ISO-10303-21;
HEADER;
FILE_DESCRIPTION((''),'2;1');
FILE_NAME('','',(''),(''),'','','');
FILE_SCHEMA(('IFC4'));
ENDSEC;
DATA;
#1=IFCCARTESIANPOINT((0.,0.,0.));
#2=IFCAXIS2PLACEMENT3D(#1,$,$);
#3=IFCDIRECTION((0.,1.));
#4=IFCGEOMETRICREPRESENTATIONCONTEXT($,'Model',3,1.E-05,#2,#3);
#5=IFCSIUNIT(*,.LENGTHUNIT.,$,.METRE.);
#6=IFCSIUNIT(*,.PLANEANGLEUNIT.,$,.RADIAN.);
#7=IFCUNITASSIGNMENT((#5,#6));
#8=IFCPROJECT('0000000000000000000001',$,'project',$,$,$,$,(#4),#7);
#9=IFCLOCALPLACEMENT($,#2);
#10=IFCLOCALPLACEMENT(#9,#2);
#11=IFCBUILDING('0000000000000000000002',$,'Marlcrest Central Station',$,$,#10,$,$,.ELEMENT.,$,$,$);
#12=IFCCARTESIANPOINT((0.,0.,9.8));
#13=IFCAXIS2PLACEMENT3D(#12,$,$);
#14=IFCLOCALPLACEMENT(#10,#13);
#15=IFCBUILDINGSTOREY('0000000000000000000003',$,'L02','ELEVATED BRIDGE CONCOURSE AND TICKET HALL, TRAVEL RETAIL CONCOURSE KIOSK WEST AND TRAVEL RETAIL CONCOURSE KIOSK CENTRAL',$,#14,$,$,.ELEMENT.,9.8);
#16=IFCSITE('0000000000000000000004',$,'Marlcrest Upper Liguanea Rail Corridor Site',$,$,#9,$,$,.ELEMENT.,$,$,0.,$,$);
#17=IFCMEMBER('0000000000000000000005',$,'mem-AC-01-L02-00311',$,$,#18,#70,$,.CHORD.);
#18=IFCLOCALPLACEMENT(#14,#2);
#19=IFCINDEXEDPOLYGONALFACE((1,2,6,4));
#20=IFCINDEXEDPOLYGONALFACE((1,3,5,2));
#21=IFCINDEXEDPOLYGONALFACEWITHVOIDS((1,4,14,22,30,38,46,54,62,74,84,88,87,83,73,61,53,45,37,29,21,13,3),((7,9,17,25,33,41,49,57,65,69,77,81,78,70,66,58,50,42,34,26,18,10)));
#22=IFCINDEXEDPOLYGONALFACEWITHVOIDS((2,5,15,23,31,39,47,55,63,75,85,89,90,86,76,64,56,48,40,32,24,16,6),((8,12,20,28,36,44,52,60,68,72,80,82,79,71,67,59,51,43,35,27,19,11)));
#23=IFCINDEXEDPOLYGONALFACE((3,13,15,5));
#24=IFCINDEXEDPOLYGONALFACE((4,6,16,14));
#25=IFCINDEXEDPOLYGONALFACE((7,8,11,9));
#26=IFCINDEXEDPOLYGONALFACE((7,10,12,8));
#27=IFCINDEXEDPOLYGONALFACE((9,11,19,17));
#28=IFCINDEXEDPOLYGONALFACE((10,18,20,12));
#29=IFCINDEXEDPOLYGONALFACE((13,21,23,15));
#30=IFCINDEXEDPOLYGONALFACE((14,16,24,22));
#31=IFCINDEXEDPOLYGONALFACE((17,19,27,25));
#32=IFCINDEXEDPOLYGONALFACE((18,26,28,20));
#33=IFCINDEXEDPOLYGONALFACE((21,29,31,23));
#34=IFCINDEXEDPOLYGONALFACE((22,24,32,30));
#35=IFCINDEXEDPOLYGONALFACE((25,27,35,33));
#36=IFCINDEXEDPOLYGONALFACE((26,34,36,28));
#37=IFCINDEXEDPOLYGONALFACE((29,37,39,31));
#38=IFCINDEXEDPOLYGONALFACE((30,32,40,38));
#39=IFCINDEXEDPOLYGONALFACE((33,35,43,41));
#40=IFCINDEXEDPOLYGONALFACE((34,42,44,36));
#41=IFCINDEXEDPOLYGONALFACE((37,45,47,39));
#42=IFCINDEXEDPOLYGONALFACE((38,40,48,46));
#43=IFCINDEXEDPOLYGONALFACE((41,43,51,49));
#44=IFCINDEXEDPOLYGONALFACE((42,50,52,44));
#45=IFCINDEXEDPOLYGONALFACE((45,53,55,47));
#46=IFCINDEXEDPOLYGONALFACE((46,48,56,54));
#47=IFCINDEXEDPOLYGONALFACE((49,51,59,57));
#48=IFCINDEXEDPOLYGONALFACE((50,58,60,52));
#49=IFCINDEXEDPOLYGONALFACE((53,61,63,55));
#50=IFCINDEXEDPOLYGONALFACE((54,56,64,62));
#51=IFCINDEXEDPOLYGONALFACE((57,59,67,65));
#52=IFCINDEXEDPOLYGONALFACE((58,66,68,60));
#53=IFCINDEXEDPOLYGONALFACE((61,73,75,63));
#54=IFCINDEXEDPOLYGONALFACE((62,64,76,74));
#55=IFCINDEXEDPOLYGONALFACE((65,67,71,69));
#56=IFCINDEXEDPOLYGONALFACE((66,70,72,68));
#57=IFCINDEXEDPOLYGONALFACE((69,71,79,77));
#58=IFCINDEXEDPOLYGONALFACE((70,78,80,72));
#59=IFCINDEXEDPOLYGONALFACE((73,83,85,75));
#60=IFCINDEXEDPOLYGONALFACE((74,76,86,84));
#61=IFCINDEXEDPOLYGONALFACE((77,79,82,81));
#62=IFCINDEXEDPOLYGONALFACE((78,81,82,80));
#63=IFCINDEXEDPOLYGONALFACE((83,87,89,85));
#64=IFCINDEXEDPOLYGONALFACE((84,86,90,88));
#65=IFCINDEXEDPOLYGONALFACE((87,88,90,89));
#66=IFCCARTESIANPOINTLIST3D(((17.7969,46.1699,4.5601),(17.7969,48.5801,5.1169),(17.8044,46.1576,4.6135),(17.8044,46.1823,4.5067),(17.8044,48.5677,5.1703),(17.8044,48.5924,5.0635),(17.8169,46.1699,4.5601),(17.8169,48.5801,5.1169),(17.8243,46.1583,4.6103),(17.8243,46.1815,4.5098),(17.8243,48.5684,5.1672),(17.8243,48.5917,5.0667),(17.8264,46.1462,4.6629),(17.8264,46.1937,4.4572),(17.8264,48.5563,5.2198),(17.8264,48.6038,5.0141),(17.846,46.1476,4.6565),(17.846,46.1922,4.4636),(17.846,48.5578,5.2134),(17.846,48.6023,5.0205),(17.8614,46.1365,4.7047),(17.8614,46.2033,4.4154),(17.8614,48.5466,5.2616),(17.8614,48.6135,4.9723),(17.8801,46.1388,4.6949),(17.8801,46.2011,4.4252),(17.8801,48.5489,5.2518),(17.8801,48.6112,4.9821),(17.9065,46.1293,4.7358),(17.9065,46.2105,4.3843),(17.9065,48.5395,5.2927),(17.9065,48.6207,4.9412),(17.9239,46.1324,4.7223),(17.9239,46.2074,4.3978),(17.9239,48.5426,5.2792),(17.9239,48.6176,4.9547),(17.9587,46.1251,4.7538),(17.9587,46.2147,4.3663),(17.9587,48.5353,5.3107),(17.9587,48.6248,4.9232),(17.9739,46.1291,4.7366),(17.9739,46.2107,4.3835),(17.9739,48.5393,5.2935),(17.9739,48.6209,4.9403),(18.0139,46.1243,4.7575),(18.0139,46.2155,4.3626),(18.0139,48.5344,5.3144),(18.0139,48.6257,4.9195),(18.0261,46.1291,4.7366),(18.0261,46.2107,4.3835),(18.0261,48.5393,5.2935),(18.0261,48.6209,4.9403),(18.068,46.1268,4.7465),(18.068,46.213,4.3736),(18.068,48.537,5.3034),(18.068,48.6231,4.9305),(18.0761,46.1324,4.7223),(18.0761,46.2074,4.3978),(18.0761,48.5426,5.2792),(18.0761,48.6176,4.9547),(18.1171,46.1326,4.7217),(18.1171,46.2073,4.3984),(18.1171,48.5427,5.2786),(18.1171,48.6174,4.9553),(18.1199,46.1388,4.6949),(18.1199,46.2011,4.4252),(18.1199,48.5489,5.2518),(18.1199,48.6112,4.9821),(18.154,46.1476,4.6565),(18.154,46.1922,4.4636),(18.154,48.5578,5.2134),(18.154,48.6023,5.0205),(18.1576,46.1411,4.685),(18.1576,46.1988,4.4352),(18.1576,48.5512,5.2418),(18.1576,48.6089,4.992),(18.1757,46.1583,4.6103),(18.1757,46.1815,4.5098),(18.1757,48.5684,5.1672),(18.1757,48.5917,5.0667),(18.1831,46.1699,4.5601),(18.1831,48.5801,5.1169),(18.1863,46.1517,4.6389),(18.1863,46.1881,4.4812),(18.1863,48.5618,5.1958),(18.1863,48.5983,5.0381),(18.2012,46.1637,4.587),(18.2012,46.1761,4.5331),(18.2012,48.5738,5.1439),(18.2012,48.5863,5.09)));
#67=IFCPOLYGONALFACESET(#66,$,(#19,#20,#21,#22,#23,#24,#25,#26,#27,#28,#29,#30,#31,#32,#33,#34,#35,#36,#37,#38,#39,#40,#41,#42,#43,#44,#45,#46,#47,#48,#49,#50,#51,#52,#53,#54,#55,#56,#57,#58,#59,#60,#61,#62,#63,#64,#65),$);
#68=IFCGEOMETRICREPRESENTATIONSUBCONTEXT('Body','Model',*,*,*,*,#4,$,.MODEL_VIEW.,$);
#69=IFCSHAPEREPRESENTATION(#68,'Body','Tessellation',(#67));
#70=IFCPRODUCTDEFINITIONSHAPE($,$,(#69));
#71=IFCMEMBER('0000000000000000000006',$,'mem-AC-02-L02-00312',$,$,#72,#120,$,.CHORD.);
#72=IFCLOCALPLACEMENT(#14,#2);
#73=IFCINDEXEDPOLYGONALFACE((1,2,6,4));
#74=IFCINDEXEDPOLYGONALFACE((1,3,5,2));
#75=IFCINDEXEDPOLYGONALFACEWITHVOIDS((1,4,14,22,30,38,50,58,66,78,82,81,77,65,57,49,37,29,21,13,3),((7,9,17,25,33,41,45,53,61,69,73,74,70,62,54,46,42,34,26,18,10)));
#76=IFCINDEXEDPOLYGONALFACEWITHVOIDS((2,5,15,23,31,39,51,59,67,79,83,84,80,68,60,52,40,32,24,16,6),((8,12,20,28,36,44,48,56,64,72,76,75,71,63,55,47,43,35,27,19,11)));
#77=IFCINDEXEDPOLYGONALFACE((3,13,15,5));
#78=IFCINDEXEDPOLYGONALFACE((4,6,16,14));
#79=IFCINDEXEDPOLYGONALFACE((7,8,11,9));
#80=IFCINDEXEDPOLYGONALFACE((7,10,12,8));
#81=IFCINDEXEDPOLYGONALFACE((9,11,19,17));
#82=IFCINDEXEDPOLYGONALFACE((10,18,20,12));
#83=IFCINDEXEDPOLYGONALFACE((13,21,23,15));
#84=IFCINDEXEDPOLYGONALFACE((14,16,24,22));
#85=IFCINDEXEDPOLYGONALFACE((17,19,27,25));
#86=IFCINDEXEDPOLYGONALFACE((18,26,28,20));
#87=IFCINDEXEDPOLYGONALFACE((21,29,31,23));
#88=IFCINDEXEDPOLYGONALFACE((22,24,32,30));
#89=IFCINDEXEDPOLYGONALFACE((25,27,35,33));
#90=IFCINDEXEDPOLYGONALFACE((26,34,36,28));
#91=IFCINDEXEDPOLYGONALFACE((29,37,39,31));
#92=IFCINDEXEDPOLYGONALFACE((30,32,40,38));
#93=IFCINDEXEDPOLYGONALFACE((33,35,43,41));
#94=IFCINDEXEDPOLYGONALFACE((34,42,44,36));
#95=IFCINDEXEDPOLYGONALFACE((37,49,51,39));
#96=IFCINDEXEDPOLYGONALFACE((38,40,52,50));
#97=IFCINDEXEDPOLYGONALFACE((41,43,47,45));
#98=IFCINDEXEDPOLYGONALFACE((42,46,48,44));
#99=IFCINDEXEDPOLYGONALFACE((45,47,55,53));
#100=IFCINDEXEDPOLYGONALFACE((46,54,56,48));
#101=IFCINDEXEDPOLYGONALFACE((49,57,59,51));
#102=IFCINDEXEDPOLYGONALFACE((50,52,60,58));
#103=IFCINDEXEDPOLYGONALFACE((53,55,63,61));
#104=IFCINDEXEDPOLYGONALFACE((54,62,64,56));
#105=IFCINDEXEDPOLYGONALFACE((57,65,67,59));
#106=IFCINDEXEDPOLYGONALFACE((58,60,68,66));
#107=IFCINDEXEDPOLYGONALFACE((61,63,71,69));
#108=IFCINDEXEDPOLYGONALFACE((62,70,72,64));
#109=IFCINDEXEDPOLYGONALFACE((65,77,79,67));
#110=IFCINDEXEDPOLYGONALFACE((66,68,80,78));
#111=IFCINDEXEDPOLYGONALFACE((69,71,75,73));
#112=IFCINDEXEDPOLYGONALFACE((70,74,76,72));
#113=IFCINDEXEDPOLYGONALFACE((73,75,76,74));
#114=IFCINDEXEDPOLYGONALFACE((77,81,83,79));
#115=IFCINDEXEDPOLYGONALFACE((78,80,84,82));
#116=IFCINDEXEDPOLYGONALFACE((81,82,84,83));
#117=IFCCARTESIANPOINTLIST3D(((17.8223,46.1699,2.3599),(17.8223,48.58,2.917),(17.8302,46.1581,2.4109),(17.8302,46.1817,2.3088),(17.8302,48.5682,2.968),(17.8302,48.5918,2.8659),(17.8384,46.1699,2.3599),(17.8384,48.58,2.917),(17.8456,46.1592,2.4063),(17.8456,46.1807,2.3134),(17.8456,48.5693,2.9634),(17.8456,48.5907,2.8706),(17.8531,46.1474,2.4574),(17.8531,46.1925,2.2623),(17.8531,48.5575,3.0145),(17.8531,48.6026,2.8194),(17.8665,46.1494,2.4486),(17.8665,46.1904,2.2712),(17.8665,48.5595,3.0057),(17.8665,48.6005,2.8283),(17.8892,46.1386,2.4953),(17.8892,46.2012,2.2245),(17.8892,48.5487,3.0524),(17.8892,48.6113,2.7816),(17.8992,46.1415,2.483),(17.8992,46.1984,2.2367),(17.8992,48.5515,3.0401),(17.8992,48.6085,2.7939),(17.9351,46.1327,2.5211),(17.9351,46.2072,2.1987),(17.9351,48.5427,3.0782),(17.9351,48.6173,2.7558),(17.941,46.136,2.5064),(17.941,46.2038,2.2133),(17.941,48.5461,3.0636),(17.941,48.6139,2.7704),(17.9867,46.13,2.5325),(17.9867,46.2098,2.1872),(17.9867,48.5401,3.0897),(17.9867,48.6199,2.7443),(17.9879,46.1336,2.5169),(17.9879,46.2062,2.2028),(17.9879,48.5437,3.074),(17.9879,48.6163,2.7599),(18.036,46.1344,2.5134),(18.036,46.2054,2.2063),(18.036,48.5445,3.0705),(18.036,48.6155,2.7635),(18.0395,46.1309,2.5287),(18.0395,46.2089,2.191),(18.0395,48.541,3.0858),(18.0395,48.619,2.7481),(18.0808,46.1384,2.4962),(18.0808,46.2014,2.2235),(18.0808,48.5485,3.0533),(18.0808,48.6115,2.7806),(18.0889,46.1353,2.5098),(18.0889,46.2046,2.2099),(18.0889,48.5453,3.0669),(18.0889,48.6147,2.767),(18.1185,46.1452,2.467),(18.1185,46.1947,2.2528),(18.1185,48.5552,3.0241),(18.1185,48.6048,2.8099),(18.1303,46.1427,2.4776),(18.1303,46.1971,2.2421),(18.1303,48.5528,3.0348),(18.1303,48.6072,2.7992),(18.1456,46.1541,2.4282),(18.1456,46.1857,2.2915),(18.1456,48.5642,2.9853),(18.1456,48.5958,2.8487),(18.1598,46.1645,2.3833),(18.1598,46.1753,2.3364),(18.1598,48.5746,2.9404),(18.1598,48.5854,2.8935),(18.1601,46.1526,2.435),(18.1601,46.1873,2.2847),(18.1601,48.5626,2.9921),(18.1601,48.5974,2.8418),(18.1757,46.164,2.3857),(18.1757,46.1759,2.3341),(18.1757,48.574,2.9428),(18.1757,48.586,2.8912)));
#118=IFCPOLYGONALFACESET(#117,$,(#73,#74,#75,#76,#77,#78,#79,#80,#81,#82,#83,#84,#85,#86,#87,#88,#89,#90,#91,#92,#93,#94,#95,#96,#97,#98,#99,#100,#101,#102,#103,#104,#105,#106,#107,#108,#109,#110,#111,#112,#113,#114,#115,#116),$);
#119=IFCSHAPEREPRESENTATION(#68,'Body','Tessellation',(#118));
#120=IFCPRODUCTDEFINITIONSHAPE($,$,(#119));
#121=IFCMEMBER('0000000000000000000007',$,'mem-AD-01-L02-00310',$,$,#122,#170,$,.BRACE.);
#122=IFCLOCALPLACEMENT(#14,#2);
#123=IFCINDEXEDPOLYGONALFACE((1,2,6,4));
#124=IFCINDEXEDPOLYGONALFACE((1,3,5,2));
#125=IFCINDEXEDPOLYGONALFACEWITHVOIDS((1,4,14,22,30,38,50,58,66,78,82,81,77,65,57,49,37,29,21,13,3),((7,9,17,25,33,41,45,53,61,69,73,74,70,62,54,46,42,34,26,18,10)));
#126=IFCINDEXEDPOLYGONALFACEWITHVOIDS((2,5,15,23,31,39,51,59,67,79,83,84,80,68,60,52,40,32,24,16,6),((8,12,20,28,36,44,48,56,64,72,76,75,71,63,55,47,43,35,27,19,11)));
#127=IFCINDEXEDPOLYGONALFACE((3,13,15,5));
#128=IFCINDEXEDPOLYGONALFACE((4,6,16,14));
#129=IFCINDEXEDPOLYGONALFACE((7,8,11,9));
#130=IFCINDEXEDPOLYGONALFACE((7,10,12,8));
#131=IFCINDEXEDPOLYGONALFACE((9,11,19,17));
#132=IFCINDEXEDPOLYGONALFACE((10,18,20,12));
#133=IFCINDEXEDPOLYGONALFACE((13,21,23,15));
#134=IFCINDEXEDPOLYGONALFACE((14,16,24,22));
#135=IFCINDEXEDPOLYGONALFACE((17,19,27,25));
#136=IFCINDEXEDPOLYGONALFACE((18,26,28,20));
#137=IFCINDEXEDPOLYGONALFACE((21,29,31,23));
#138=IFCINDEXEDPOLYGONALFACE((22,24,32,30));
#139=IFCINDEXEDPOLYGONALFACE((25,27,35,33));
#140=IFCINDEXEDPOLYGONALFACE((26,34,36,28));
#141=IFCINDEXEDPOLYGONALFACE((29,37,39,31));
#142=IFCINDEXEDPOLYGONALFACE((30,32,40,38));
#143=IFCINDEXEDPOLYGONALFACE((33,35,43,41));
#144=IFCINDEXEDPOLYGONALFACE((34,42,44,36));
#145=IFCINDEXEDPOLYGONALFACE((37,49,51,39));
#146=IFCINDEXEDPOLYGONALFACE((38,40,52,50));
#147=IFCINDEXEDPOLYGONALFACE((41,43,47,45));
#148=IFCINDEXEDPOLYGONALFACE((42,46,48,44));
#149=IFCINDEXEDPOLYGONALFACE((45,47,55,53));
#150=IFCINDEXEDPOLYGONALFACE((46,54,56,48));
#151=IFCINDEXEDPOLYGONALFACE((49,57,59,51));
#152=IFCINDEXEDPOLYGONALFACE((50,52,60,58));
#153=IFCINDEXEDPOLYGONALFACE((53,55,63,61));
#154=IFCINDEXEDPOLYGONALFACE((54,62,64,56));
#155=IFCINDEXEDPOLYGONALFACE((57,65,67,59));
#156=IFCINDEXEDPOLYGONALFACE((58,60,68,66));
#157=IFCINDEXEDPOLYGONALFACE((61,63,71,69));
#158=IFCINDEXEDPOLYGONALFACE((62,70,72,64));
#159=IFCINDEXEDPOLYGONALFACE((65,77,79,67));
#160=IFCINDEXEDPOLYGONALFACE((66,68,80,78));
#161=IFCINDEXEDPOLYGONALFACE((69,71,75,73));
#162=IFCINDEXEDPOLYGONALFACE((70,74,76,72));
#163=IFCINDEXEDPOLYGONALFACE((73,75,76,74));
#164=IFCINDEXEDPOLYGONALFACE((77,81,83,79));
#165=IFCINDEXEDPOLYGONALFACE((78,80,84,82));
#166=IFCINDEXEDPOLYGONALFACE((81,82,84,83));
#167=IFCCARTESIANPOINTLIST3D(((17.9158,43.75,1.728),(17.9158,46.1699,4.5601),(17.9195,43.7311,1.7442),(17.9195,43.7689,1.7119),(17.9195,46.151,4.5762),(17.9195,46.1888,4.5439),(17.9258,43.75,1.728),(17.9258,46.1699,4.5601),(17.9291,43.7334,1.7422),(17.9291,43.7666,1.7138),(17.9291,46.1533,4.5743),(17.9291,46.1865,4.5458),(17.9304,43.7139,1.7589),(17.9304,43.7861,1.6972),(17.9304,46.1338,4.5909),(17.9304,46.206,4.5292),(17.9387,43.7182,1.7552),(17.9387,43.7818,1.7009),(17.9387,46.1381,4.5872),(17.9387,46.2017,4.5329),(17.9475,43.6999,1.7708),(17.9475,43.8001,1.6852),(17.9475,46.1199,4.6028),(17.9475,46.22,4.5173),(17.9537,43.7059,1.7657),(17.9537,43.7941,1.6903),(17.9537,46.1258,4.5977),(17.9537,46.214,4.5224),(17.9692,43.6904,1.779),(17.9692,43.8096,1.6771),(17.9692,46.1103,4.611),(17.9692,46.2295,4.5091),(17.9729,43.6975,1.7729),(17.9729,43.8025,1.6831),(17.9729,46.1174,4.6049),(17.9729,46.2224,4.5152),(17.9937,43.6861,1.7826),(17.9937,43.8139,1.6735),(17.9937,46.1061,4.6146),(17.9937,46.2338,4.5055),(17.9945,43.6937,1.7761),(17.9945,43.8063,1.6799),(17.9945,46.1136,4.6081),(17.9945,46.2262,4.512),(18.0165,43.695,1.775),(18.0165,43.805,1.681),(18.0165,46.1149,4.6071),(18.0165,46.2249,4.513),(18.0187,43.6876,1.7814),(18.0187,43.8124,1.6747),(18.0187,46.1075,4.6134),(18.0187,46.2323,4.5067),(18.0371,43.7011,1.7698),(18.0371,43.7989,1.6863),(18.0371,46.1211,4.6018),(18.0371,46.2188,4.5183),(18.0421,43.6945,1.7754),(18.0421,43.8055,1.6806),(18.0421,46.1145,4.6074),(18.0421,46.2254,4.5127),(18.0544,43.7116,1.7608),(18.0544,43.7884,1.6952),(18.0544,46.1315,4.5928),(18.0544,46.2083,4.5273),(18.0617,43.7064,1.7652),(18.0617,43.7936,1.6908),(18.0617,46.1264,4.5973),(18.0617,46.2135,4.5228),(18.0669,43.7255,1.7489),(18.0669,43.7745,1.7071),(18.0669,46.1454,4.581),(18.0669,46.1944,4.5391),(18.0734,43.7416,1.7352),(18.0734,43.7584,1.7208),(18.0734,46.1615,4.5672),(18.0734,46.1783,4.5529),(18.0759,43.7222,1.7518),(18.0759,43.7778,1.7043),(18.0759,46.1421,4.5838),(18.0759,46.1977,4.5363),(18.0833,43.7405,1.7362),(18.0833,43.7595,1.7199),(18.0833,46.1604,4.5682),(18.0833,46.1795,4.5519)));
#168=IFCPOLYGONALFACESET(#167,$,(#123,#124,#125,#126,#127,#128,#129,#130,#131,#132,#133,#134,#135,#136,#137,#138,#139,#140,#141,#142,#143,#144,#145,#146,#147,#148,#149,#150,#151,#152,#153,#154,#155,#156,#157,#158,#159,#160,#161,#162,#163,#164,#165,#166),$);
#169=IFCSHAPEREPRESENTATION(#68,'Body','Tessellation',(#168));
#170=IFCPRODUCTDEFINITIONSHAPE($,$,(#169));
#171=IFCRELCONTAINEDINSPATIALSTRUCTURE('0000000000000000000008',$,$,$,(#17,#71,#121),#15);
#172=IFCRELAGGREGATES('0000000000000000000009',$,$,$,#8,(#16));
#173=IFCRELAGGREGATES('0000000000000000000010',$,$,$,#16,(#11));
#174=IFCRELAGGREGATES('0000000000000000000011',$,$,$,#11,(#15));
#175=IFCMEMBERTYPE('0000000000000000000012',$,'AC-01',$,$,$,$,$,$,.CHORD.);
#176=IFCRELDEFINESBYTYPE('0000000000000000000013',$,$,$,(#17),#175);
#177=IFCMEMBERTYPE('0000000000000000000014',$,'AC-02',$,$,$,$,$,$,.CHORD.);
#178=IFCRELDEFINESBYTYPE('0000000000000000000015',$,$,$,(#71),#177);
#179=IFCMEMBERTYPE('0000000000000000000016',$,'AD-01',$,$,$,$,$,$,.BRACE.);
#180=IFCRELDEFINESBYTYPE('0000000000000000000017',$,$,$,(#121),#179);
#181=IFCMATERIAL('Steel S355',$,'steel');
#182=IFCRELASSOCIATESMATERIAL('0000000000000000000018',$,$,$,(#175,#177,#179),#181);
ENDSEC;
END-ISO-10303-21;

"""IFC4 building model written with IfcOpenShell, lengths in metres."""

from ifc_helpers import new_model, si_unit, direction, frame, origin, origin_2d, place, context, subcontext, project, spatial, hollow_circle, extrude, material, material_profile, profile_set, type_object, element, save


model = new_model("IFC4")

# Units and contexts
model_context = context("Model", 3, precision=1e-05, world=origin(), true_north=direction((0.0, 1.0)))
body_context = subcontext(model_context, "Body", "Model", "MODEL_VIEW")
ifc_project = project(units=[si_unit("LENGTHUNIT", "METRE"), si_unit("PLANEANGLEUNIT", "RADIAN")], contexts=[model_context])

# Site, building, storey
site_placement = place(None, origin())
site = spatial("IfcSite", under=ifc_project, at=site_placement, Name="Marlcrest Upper Liguanea Rail Corridor Site", CompositionType="ELEMENT", RefElevation=0.0)
building_placement = place(site_placement, origin())
building = spatial("IfcBuilding", under=site, at=building_placement, Name="Marlcrest Central Station", CompositionType="ELEMENT")
storey_placement = place(building_placement, frame((0.0, 0.0, 9.8)))
storey = spatial("IfcBuildingStorey", under=building, at=storey_placement, Name="L02", Description="ELEVATED BRIDGE CONCOURSE AND TICKET HALL, TRAVEL RETAIL CONCOURSE KIOSK WEST AND TRAVEL RETAIL CONCOURSE KIOSK CENTRAL", CompositionType="ELEMENT", Elevation=9.8)

# Members
ifc_material_1 = material(Name="Steel S355", Category="steel")
ifc_material_profile_1 = material_profile(ifc_material_1, hollow_circle(Radius=0.2031, WallThickness=0.02, at=origin_2d()), Name="CHS 406.4x20")
ifc_profile_set_1 = profile_set([ifc_material_profile_1], Name="Steel S355")
member_type_1 = type_object("IfcMemberType", Name="AC-01", PredefinedType="CHORD", material=ifc_profile_set_1)
member_1_placement = place(storey_placement, frame((18.0, 46.1699, 4.5601), z_axis=(0.0, 0.97433, 0.225126), x_axis=(-1.0, 0.0, 0.0)))
element("IfcMember", 1, at=member_1_placement, inside=storey, type_object=member_type_1, Name="mem-AC-01-L02-00311", PredefinedType="CHORD", context=body_context, shape_type="SweptSolid", body=[
    extrude(hollow_circle(Radius=0.2031, WallThickness=0.02, at=origin_2d()), origin(), (0.0, 0.0, 1.0), 2.4736),
])
ifc_material_profile_2 = material_profile(ifc_material_1, hollow_circle(Radius=0.1777, WallThickness=0.0161, at=origin_2d()), Name="CHS 355.6x16")
ifc_profile_set_2 = profile_set([ifc_material_profile_2], Name="Steel S355")
member_type_2 = type_object("IfcMemberType", Name="AC-02", PredefinedType="CHORD", material=ifc_profile_set_2)
member_2_placement = place(storey_placement, frame((18.0, 46.1699, 2.3599), z_axis=(0.0, 0.974308, 0.22522), x_axis=(-1.0, 0.0, 0.0)))
element("IfcMember", 2, at=member_2_placement, inside=storey, type_object=member_type_2, Name="mem-AC-02-L02-00312", PredefinedType="CHORD", context=body_context, shape_type="SweptSolid", body=[
    extrude(hollow_circle(Radius=0.1777, WallThickness=0.0161, at=origin_2d()), origin(), (0.0, 0.0, 1.0), 2.4736),
])
ifc_material_profile_3 = material_profile(ifc_material_1, hollow_circle(Radius=0.0842, WallThickness=0.01, at=origin_2d()), Name="CHS 168.3x10")
ifc_profile_set_3 = profile_set([ifc_material_profile_3], Name="Steel S355")
member_type_3 = type_object("IfcMemberType", Name="AD-01", PredefinedType="BRACE", material=ifc_profile_set_3)
member_3_placement = place(storey_placement, frame((18.0, 43.75, 1.728), z_axis=(0.0, 0.649625, 0.760255), x_axis=(-1.0, 0.0, 0.0)))
element("IfcMember", 3, at=member_3_placement, inside=storey, type_object=member_type_3, Name="mem-AD-01-L02-00310", PredefinedType="BRACE", context=body_context, shape_type="SweptSolid", body=[
    extrude(hollow_circle(Radius=0.0842, WallThickness=0.01, at=origin_2d()), origin(), (0.0, 0.0, 1.0), 3.7251),
])

save(model, "model.ifc")
